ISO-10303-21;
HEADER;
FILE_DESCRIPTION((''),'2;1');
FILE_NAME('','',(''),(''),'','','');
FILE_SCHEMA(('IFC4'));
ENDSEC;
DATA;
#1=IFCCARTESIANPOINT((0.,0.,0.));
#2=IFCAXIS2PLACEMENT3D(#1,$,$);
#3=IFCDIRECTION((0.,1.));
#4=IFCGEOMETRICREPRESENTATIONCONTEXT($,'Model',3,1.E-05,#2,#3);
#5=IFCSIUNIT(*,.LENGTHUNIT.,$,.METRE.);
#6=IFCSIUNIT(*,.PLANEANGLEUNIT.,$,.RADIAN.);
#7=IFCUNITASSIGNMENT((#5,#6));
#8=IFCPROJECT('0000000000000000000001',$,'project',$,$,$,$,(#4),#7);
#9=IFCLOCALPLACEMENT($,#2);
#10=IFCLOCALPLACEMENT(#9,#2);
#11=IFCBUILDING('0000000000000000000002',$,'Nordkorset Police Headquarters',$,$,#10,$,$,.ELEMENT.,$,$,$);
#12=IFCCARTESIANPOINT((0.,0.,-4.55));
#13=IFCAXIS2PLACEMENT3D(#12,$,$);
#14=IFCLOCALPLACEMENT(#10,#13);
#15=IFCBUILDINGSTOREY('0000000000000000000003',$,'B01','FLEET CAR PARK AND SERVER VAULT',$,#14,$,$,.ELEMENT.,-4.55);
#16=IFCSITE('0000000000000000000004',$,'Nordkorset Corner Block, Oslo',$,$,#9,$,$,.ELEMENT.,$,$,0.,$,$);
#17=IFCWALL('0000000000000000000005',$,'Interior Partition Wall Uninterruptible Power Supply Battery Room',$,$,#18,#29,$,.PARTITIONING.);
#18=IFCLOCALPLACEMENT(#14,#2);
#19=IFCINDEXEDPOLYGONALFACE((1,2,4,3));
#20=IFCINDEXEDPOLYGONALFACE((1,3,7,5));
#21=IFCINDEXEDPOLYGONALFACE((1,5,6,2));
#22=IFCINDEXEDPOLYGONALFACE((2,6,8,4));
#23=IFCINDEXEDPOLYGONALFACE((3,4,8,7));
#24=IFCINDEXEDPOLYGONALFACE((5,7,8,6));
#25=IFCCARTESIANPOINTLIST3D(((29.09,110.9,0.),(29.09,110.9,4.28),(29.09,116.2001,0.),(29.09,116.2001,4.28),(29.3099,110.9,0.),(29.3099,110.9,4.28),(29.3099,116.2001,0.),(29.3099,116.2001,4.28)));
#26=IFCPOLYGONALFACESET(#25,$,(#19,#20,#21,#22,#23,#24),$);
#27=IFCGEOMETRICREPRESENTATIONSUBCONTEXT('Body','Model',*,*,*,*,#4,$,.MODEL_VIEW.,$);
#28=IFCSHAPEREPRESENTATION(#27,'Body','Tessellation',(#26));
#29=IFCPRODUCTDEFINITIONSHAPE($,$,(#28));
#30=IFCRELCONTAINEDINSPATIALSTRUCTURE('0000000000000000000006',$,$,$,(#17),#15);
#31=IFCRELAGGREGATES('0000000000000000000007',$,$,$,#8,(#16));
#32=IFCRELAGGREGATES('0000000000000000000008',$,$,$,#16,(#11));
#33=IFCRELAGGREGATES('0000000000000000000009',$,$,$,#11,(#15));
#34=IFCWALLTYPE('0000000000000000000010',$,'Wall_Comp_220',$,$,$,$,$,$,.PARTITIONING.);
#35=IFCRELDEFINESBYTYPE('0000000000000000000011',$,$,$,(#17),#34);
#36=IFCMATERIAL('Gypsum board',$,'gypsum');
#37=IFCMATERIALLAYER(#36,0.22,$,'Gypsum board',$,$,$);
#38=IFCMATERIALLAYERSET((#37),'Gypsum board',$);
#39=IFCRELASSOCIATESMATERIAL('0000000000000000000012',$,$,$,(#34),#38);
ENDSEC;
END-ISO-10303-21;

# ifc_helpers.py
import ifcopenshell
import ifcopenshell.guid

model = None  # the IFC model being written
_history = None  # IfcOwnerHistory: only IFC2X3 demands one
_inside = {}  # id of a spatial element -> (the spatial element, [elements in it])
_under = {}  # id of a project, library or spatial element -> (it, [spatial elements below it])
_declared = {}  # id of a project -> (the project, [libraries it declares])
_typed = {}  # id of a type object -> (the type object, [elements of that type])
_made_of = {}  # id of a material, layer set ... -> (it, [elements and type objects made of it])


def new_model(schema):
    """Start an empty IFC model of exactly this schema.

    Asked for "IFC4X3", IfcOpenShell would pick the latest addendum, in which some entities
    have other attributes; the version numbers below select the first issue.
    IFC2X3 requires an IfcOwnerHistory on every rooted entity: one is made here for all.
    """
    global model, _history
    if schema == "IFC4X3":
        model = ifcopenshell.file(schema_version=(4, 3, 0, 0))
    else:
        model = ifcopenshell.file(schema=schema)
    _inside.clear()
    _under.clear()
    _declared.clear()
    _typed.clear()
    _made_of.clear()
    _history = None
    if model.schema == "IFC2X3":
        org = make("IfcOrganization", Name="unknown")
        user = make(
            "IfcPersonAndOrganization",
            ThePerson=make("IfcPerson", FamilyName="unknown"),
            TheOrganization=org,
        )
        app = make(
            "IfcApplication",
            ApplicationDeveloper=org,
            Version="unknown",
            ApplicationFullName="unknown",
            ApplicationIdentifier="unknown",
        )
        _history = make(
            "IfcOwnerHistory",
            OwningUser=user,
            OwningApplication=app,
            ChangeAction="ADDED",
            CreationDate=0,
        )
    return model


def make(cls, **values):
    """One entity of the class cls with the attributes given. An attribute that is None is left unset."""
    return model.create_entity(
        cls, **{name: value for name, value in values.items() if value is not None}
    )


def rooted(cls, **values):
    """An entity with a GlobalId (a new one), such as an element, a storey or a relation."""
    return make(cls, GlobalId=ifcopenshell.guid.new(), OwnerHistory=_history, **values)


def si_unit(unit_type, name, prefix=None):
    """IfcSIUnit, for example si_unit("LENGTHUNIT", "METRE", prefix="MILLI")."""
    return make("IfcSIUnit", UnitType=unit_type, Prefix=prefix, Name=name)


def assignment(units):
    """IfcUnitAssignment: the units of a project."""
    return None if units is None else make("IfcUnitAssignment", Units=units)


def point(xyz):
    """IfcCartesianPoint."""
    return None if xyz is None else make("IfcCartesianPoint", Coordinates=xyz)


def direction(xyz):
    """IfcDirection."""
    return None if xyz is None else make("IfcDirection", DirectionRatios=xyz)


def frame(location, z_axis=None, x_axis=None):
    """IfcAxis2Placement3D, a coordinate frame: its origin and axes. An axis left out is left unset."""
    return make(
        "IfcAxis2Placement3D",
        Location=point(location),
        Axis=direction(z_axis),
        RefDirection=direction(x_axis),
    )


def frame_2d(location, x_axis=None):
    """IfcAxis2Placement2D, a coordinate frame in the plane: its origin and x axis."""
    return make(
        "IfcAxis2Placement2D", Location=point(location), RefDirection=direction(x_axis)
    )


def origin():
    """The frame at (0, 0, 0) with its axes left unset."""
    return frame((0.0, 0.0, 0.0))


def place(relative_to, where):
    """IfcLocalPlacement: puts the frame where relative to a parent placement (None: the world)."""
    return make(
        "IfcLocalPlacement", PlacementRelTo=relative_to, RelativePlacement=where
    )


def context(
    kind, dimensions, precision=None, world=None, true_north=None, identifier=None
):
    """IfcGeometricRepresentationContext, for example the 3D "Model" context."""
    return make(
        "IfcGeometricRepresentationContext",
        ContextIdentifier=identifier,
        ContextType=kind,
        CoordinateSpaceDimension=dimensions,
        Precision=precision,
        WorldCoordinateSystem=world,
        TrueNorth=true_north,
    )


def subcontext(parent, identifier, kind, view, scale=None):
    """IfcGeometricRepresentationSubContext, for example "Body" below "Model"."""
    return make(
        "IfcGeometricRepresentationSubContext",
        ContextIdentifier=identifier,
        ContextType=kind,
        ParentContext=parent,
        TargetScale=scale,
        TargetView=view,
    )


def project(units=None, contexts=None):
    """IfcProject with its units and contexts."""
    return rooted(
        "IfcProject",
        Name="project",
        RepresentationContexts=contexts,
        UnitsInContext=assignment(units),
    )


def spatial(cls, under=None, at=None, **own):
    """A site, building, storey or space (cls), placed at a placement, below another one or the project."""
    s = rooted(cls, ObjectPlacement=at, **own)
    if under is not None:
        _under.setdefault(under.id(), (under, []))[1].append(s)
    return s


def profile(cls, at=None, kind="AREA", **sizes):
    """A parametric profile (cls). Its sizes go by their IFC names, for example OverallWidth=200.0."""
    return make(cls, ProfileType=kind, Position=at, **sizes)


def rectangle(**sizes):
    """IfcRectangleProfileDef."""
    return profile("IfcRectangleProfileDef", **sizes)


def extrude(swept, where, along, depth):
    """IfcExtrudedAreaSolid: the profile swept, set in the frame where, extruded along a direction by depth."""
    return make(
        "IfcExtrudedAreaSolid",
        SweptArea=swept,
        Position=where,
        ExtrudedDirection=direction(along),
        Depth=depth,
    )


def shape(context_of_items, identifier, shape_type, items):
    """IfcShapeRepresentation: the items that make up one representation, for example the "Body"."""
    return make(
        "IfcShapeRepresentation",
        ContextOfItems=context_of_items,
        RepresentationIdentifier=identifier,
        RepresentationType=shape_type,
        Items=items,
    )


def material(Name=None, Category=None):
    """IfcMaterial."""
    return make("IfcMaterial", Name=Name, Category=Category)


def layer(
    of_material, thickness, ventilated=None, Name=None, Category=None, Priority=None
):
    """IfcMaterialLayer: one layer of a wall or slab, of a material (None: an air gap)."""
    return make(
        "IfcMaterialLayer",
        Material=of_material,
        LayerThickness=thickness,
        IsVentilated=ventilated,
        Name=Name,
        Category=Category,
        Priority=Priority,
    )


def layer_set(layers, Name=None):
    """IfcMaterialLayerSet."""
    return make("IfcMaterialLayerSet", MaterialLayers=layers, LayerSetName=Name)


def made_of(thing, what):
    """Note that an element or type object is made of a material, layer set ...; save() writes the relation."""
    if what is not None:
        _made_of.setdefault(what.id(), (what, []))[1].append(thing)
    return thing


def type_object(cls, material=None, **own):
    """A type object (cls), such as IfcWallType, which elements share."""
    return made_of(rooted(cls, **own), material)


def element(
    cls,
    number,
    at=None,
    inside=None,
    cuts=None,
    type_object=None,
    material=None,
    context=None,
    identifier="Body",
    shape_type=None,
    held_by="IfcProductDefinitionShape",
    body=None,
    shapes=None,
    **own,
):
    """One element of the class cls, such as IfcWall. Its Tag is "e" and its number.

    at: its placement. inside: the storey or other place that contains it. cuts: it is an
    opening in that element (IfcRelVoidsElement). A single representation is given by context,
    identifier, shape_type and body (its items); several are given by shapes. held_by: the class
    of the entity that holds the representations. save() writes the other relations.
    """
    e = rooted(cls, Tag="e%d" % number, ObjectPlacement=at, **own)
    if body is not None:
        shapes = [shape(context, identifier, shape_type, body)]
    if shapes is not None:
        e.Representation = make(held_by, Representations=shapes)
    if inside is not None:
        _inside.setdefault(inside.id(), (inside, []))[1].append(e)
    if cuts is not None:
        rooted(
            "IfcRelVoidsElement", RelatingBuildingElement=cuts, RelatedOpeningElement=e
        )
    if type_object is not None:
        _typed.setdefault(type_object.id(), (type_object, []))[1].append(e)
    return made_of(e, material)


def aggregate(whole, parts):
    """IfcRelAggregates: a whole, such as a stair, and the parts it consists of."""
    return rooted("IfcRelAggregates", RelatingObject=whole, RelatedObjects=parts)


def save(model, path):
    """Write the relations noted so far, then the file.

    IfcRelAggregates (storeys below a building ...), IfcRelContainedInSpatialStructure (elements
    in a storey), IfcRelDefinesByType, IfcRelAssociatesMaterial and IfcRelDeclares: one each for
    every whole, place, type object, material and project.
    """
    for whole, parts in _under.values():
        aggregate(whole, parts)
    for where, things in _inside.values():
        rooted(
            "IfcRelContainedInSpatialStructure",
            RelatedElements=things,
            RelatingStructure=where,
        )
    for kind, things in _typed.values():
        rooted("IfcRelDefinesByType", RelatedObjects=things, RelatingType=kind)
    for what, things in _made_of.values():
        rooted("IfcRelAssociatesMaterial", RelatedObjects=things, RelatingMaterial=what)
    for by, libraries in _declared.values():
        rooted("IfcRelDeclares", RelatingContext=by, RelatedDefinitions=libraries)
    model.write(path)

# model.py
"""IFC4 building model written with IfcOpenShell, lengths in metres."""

from ifc_helpers import new_model, si_unit, direction, frame, frame_2d, origin, place, context, subcontext, project, spatial, rectangle, extrude, material, layer, layer_set, type_object, element, save


model = new_model("IFC4")

# Units and contexts
model_context = context("Model", 3, precision=1e-05, world=origin(), true_north=direction((0.0, 1.0)))
body_context = subcontext(model_context, "Body", "Model", "MODEL_VIEW")
ifc_project = project(units=[si_unit("LENGTHUNIT", "METRE"), si_unit("PLANEANGLEUNIT", "RADIAN")], contexts=[model_context])

# Site, building, storey
site_placement = place(None, origin())
site = spatial("IfcSite", under=ifc_project, at=site_placement, Name="Nordkorset Corner Block, Oslo", CompositionType="ELEMENT", RefElevation=0.0)
building_placement = place(site_placement, origin())
building = spatial("IfcBuilding", under=site, at=building_placement, Name="Nordkorset Police Headquarters", CompositionType="ELEMENT")
storey_placement = place(building_placement, frame((0.0, 0.0, -4.55)))
storey = spatial("IfcBuildingStorey", under=building, at=storey_placement, Name="B01", Description="FLEET CAR PARK AND SERVER VAULT", CompositionType="ELEMENT", Elevation=-4.55)

# Shared definitions
ifc_material_1 = material(Name="Gypsum board", Category="gypsum")
ifc_layer = layer(ifc_material_1, 0.22, Name="Gypsum board")
ifc_layer_set = layer_set([ifc_layer], Name="Gypsum board")
wall_type = type_object("IfcWallType", Name="Wall_Comp_220", PredefinedType="PARTITIONING", material=ifc_layer_set)

# Wall
wall_1_placement = place(storey_placement, frame((29.2, 116.2, 0.0), z_axis=(0.0, 0.0, 1.0), x_axis=(0.0, -1.0, 0.0)))
element("IfcWall", 1, at=wall_1_placement, inside=storey, type_object=wall_type, Name="Interior Partition Wall Uninterruptible Power Supply Battery Room", PredefinedType="PARTITIONING", context=body_context, shape_type="SweptSolid", body=[
    extrude(rectangle(XDim=5.3, YDim=0.22, at=frame_2d((2.6499, 0.0))), origin(), (0.0, 0.0, 1.0), 4.28),
])

save(model, "model.ifc")
